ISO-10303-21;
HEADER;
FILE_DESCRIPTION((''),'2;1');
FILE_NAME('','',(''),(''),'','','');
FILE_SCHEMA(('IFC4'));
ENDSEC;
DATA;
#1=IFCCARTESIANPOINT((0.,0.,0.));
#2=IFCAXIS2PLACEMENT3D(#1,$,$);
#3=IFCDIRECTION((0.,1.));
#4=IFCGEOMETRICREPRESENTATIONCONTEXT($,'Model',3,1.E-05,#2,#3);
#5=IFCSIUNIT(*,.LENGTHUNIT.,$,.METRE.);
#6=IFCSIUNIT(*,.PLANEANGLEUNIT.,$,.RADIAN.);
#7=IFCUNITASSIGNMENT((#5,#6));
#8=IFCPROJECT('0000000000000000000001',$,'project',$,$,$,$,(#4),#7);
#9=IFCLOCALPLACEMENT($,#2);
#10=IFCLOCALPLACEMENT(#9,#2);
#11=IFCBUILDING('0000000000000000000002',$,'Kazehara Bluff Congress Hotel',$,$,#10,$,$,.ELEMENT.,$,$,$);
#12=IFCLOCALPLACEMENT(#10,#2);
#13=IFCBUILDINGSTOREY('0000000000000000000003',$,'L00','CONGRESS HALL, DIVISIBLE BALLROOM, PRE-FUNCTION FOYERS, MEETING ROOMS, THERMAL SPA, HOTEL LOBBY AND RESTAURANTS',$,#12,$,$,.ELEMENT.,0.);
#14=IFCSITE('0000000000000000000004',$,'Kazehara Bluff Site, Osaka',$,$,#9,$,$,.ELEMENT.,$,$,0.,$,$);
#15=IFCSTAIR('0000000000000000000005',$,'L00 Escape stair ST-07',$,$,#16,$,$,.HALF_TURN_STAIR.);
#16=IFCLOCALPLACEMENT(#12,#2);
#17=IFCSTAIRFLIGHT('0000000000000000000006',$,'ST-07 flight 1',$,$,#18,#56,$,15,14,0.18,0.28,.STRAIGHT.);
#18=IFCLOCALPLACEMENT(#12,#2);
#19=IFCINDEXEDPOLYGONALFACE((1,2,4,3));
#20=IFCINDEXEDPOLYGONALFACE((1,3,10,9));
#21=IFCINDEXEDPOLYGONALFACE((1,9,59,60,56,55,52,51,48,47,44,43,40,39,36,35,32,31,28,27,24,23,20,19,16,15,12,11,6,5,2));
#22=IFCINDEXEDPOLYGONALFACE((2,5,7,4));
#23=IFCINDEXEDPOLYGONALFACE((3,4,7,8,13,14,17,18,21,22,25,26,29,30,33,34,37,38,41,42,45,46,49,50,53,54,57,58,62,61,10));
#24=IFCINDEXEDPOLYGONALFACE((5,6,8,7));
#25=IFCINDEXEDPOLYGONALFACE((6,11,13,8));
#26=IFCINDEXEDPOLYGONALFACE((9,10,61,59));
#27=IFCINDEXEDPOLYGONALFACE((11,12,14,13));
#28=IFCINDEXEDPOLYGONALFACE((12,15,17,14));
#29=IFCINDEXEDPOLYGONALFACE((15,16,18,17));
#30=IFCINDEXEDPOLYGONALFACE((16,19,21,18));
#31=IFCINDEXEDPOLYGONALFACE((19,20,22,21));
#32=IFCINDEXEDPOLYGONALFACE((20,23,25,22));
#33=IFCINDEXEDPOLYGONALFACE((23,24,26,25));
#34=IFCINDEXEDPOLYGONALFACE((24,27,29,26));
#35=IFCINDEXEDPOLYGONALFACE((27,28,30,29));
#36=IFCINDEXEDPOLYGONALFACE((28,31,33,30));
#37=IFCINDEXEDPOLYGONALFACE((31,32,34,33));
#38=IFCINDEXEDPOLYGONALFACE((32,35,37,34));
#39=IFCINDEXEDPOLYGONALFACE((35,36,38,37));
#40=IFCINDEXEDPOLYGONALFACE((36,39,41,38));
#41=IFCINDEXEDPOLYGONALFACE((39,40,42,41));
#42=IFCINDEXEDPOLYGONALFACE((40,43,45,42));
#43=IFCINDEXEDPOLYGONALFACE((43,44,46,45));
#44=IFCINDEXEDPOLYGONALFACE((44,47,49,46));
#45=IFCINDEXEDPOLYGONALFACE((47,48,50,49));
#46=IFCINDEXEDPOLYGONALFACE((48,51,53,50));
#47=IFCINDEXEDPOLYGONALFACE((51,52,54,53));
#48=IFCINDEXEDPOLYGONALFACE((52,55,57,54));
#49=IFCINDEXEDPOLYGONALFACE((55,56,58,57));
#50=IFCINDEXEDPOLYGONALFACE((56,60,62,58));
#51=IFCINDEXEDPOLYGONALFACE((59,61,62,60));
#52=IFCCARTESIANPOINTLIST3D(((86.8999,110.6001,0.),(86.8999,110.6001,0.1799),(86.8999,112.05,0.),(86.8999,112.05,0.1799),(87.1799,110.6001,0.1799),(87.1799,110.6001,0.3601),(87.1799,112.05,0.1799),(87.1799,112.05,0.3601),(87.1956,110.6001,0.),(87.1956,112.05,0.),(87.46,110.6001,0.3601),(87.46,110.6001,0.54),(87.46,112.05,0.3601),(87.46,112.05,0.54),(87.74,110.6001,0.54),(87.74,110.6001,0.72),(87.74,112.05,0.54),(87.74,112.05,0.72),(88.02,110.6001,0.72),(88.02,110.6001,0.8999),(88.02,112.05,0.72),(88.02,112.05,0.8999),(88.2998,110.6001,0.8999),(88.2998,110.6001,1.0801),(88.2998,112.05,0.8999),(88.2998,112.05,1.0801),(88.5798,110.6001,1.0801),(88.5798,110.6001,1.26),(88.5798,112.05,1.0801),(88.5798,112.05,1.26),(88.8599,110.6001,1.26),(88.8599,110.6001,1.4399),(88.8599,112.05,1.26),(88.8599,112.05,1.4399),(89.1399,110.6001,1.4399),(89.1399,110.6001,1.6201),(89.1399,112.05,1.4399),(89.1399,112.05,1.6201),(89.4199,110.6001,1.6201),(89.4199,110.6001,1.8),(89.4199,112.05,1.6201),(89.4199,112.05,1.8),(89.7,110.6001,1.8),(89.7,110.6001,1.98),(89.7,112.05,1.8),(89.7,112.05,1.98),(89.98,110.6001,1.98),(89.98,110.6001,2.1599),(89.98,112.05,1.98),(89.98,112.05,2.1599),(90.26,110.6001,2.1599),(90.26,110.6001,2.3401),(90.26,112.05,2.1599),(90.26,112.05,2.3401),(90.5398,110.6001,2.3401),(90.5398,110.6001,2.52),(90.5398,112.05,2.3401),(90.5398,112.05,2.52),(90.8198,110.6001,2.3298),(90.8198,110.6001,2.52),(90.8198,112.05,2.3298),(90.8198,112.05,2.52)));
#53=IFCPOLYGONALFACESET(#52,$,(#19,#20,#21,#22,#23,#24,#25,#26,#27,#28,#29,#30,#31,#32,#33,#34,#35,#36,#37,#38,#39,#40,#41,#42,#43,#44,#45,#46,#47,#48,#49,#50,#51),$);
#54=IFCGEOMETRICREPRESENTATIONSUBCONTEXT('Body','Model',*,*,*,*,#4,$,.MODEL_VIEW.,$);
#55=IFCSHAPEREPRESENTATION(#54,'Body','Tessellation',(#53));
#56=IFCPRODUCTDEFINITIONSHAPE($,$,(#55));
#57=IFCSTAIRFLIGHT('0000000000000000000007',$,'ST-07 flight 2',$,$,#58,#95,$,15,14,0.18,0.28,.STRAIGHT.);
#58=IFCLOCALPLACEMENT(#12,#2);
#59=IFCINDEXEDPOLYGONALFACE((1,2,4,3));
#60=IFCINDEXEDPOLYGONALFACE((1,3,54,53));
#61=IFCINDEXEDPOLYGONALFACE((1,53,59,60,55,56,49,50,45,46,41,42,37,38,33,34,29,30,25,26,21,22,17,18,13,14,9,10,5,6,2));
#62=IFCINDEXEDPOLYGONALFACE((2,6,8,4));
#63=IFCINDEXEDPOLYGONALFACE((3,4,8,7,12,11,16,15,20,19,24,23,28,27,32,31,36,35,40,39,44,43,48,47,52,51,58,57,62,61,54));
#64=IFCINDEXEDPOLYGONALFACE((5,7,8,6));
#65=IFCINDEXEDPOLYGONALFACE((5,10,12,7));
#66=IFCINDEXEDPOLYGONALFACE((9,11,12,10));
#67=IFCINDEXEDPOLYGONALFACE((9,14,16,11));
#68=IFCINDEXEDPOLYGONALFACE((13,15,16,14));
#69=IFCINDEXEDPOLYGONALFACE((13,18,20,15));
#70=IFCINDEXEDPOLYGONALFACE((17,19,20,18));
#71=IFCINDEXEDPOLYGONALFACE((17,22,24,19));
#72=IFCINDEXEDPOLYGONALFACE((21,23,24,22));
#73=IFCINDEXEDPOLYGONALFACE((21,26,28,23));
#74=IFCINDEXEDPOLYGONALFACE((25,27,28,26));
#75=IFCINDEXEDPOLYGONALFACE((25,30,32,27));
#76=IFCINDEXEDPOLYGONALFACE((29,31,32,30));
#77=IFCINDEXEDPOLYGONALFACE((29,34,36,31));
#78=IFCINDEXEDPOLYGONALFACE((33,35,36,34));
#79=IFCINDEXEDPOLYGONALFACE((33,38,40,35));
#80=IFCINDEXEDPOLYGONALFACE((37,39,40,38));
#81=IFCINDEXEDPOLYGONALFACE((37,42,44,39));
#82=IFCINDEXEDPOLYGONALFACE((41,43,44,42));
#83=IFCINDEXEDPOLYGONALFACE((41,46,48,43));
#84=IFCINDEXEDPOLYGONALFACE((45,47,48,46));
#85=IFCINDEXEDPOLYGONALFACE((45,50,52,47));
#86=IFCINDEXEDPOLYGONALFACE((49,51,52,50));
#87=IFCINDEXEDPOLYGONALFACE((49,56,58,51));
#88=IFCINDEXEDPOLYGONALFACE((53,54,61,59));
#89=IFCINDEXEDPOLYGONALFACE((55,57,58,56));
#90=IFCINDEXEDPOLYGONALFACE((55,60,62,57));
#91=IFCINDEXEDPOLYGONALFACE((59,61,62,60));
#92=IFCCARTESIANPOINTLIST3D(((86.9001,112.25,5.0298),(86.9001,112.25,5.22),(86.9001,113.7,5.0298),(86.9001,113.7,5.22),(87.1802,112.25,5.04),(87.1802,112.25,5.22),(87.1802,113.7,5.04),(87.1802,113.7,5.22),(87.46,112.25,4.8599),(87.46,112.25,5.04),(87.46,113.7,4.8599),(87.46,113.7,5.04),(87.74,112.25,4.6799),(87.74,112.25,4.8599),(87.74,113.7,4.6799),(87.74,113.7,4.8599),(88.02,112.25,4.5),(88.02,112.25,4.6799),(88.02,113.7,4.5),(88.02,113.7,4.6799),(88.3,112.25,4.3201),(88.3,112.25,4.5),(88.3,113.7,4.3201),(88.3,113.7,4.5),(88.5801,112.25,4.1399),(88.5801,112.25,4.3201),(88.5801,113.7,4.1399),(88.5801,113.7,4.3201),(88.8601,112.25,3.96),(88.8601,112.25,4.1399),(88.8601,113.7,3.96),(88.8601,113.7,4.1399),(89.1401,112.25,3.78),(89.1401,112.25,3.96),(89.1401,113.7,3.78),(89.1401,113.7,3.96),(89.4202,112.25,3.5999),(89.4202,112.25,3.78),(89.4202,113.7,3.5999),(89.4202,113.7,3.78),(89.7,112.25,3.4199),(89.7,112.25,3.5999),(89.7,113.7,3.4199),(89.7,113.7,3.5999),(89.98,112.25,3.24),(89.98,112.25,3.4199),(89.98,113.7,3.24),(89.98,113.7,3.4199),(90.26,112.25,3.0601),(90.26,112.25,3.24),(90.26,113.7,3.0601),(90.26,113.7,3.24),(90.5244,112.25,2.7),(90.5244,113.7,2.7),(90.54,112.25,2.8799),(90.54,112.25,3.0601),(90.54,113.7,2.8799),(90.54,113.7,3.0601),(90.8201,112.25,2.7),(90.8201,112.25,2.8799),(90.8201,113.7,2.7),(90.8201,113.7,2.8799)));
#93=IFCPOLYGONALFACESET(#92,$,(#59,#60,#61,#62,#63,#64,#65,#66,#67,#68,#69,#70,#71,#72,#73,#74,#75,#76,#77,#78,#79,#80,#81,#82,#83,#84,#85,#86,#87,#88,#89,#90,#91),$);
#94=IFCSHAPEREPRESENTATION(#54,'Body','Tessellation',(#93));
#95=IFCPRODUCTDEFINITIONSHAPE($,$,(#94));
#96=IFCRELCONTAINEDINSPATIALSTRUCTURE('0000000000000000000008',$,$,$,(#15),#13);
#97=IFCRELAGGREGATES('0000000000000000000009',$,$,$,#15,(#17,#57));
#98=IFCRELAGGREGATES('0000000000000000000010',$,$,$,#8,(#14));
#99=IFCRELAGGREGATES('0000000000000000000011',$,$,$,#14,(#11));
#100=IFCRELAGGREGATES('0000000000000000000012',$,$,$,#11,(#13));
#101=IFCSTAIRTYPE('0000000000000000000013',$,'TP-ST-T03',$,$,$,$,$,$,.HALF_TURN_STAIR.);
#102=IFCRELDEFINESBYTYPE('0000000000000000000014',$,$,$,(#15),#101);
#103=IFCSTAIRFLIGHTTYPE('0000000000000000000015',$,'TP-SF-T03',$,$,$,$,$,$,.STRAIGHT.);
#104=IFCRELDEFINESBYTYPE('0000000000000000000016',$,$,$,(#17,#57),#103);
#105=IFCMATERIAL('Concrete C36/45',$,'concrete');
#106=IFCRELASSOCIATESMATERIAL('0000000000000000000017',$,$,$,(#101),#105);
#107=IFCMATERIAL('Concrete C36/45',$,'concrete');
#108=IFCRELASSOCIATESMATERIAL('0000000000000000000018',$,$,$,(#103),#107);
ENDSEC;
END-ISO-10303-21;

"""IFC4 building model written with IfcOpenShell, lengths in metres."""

from ifc_helpers import new_model, si_unit, direction, frame, origin, place, context, subcontext, project, spatial, polyline, outline, extrude, material, type_object, element, aggregate, save


model = new_model("IFC4")

# Units and contexts
model_context = context("Model", 3, precision=1e-05, world=origin(), true_north=direction((0.0, 1.0)))
body_context = subcontext(model_context, "Body", "Model", "MODEL_VIEW")
ifc_project = project(units=[si_unit("LENGTHUNIT", "METRE"), si_unit("PLANEANGLEUNIT", "RADIAN")], contexts=[model_context])

# Site, building, storey
site_placement = place(None, origin())
site = spatial("IfcSite", under=ifc_project, at=site_placement, Name="Kazehara Bluff Site, Osaka", CompositionType="ELEMENT", RefElevation=0.0)
building_placement = place(site_placement, origin())
building = spatial("IfcBuilding", under=site, at=building_placement, Name="Kazehara Bluff Congress Hotel", CompositionType="ELEMENT")
storey_placement = place(building_placement, origin())
storey = spatial("IfcBuildingStorey", under=building, at=storey_placement, Name="L00", Description="CONGRESS HALL, DIVISIBLE BALLROOM, PRE-FUNCTION FOYERS, MEETING ROOMS, THERMAL SPA, HOTEL LOBBY AND RESTAURANTS", CompositionType="ELEMENT", Elevation=0.0)

# Stair, stair flights
ifc_material_1 = material(Name="Concrete C36/45", Category="concrete")
stair_type = type_object("IfcStairType", Name="TP-ST-T03", PredefinedType="HALF_TURN_STAIR", material=ifc_material_1)
stair_placement = place(storey_placement, origin())
stair = element("IfcStair", 1, at=stair_placement, inside=storey, type_object=stair_type, Name="L00 Escape stair ST-07", PredefinedType="HALF_TURN_STAIR")
ifc_material_2 = material(Name="Concrete C36/45", Category="concrete")
stair_flight_type = type_object("IfcStairFlightType", Name="TP-SF-T03", PredefinedType="STRAIGHT", material=ifc_material_2)
stair_flight_1_placement = place(storey_placement, frame((86.8999, 111.325, 0.0), z_axis=(0.0, 0.0, 1.0), x_axis=(1.0, 0.0, 0.0)))
stair_flight_1 = element("IfcStairFlight", 2, at=stair_flight_1_placement, type_object=stair_flight_type, Name="ST-07 flight 1", NumberOfRisers=15, NumberOfTreads=14, PredefinedType="STRAIGHT", RiserHeight=0.18, TreadLength=0.28, context=body_context, shape_type="SweptSolid", body=[
    extrude(outline(polyline([(0.0, 0.0), (0.0, 0.1799), (0.28, 0.1799), (0.28, 0.3601), (0.5601, 0.3601), (0.5601, 0.54), (0.8401, 0.54), (0.8401, 0.72), (1.1201, 0.72), (1.1201, 0.8999), (1.3999, 0.8999), (1.3999, 1.0801), (1.6799, 1.0801), (1.6799, 1.26), (1.96, 1.26), (1.96, 1.4399), (2.24, 1.4399), (2.24, 1.6201), (2.52, 1.6201), (2.52, 1.8), (2.8, 1.8), (2.8, 1.98), (3.0801, 1.98), (3.0801, 2.1599), (3.3601, 2.1599), (3.3601, 2.3401), (3.6399, 2.3401), (3.6399, 2.52), (3.9199, 2.52), (3.9199, 2.7), (3.9199, 2.3298), (0.2957, 0.0), (0.0, 0.0)])), frame((0.0, 0.7251, 0.0), z_axis=(0.0, -1.0, 0.0), x_axis=(1.0, 0.0, 0.0)), (0.0, 0.0, 1.0), 1.45),
])
stair_flight_2_placement = place(storey_placement, frame((90.8201, 112.9751, 2.7), z_axis=(0.0, 0.0, 1.0), x_axis=(-1.0, 0.0, 0.0)))
stair_flight_2 = element("IfcStairFlight", 3, at=stair_flight_2_placement, type_object=stair_flight_type, Name="ST-07 flight 2", NumberOfRisers=15, NumberOfTreads=14, PredefinedType="STRAIGHT", RiserHeight=0.18, TreadLength=0.28, context=body_context, shape_type="SweptSolid", body=[
    extrude(outline(polyline([(0.0, 0.0), (0.0, 0.1799), (0.28, 0.1799), (0.28, 0.3601), (0.5601, 0.3601), (0.5601, 0.54), (0.8401, 0.54), (0.8401, 0.72), (1.1201, 0.72), (1.1201, 0.8999), (1.3999, 0.8999), (1.3999, 1.0801), (1.6799, 1.0801), (1.6799, 1.26), (1.96, 1.26), (1.96, 1.4399), (2.24, 1.4399), (2.24, 1.6201), (2.52, 1.6201), (2.52, 1.8), (2.8, 1.8), (2.8, 1.98), (3.0801, 1.98), (3.0801, 2.1599), (3.3601, 2.1599), (3.3601, 2.3401), (3.6399, 2.3401), (3.6399, 2.52), (3.9199, 2.52), (3.9199, 2.7), (3.9199, 2.3298), (0.2957, 0.0), (0.0, 0.0)])), frame((0.0, 0.7251, 0.0), z_axis=(0.0, -1.0, 0.0), x_axis=(1.0, 0.0, 0.0)), (0.0, 0.0, 1.0), 1.45),
])
aggregate(stair, [stair_flight_1, stair_flight_2])

save(model, "model.ifc")
